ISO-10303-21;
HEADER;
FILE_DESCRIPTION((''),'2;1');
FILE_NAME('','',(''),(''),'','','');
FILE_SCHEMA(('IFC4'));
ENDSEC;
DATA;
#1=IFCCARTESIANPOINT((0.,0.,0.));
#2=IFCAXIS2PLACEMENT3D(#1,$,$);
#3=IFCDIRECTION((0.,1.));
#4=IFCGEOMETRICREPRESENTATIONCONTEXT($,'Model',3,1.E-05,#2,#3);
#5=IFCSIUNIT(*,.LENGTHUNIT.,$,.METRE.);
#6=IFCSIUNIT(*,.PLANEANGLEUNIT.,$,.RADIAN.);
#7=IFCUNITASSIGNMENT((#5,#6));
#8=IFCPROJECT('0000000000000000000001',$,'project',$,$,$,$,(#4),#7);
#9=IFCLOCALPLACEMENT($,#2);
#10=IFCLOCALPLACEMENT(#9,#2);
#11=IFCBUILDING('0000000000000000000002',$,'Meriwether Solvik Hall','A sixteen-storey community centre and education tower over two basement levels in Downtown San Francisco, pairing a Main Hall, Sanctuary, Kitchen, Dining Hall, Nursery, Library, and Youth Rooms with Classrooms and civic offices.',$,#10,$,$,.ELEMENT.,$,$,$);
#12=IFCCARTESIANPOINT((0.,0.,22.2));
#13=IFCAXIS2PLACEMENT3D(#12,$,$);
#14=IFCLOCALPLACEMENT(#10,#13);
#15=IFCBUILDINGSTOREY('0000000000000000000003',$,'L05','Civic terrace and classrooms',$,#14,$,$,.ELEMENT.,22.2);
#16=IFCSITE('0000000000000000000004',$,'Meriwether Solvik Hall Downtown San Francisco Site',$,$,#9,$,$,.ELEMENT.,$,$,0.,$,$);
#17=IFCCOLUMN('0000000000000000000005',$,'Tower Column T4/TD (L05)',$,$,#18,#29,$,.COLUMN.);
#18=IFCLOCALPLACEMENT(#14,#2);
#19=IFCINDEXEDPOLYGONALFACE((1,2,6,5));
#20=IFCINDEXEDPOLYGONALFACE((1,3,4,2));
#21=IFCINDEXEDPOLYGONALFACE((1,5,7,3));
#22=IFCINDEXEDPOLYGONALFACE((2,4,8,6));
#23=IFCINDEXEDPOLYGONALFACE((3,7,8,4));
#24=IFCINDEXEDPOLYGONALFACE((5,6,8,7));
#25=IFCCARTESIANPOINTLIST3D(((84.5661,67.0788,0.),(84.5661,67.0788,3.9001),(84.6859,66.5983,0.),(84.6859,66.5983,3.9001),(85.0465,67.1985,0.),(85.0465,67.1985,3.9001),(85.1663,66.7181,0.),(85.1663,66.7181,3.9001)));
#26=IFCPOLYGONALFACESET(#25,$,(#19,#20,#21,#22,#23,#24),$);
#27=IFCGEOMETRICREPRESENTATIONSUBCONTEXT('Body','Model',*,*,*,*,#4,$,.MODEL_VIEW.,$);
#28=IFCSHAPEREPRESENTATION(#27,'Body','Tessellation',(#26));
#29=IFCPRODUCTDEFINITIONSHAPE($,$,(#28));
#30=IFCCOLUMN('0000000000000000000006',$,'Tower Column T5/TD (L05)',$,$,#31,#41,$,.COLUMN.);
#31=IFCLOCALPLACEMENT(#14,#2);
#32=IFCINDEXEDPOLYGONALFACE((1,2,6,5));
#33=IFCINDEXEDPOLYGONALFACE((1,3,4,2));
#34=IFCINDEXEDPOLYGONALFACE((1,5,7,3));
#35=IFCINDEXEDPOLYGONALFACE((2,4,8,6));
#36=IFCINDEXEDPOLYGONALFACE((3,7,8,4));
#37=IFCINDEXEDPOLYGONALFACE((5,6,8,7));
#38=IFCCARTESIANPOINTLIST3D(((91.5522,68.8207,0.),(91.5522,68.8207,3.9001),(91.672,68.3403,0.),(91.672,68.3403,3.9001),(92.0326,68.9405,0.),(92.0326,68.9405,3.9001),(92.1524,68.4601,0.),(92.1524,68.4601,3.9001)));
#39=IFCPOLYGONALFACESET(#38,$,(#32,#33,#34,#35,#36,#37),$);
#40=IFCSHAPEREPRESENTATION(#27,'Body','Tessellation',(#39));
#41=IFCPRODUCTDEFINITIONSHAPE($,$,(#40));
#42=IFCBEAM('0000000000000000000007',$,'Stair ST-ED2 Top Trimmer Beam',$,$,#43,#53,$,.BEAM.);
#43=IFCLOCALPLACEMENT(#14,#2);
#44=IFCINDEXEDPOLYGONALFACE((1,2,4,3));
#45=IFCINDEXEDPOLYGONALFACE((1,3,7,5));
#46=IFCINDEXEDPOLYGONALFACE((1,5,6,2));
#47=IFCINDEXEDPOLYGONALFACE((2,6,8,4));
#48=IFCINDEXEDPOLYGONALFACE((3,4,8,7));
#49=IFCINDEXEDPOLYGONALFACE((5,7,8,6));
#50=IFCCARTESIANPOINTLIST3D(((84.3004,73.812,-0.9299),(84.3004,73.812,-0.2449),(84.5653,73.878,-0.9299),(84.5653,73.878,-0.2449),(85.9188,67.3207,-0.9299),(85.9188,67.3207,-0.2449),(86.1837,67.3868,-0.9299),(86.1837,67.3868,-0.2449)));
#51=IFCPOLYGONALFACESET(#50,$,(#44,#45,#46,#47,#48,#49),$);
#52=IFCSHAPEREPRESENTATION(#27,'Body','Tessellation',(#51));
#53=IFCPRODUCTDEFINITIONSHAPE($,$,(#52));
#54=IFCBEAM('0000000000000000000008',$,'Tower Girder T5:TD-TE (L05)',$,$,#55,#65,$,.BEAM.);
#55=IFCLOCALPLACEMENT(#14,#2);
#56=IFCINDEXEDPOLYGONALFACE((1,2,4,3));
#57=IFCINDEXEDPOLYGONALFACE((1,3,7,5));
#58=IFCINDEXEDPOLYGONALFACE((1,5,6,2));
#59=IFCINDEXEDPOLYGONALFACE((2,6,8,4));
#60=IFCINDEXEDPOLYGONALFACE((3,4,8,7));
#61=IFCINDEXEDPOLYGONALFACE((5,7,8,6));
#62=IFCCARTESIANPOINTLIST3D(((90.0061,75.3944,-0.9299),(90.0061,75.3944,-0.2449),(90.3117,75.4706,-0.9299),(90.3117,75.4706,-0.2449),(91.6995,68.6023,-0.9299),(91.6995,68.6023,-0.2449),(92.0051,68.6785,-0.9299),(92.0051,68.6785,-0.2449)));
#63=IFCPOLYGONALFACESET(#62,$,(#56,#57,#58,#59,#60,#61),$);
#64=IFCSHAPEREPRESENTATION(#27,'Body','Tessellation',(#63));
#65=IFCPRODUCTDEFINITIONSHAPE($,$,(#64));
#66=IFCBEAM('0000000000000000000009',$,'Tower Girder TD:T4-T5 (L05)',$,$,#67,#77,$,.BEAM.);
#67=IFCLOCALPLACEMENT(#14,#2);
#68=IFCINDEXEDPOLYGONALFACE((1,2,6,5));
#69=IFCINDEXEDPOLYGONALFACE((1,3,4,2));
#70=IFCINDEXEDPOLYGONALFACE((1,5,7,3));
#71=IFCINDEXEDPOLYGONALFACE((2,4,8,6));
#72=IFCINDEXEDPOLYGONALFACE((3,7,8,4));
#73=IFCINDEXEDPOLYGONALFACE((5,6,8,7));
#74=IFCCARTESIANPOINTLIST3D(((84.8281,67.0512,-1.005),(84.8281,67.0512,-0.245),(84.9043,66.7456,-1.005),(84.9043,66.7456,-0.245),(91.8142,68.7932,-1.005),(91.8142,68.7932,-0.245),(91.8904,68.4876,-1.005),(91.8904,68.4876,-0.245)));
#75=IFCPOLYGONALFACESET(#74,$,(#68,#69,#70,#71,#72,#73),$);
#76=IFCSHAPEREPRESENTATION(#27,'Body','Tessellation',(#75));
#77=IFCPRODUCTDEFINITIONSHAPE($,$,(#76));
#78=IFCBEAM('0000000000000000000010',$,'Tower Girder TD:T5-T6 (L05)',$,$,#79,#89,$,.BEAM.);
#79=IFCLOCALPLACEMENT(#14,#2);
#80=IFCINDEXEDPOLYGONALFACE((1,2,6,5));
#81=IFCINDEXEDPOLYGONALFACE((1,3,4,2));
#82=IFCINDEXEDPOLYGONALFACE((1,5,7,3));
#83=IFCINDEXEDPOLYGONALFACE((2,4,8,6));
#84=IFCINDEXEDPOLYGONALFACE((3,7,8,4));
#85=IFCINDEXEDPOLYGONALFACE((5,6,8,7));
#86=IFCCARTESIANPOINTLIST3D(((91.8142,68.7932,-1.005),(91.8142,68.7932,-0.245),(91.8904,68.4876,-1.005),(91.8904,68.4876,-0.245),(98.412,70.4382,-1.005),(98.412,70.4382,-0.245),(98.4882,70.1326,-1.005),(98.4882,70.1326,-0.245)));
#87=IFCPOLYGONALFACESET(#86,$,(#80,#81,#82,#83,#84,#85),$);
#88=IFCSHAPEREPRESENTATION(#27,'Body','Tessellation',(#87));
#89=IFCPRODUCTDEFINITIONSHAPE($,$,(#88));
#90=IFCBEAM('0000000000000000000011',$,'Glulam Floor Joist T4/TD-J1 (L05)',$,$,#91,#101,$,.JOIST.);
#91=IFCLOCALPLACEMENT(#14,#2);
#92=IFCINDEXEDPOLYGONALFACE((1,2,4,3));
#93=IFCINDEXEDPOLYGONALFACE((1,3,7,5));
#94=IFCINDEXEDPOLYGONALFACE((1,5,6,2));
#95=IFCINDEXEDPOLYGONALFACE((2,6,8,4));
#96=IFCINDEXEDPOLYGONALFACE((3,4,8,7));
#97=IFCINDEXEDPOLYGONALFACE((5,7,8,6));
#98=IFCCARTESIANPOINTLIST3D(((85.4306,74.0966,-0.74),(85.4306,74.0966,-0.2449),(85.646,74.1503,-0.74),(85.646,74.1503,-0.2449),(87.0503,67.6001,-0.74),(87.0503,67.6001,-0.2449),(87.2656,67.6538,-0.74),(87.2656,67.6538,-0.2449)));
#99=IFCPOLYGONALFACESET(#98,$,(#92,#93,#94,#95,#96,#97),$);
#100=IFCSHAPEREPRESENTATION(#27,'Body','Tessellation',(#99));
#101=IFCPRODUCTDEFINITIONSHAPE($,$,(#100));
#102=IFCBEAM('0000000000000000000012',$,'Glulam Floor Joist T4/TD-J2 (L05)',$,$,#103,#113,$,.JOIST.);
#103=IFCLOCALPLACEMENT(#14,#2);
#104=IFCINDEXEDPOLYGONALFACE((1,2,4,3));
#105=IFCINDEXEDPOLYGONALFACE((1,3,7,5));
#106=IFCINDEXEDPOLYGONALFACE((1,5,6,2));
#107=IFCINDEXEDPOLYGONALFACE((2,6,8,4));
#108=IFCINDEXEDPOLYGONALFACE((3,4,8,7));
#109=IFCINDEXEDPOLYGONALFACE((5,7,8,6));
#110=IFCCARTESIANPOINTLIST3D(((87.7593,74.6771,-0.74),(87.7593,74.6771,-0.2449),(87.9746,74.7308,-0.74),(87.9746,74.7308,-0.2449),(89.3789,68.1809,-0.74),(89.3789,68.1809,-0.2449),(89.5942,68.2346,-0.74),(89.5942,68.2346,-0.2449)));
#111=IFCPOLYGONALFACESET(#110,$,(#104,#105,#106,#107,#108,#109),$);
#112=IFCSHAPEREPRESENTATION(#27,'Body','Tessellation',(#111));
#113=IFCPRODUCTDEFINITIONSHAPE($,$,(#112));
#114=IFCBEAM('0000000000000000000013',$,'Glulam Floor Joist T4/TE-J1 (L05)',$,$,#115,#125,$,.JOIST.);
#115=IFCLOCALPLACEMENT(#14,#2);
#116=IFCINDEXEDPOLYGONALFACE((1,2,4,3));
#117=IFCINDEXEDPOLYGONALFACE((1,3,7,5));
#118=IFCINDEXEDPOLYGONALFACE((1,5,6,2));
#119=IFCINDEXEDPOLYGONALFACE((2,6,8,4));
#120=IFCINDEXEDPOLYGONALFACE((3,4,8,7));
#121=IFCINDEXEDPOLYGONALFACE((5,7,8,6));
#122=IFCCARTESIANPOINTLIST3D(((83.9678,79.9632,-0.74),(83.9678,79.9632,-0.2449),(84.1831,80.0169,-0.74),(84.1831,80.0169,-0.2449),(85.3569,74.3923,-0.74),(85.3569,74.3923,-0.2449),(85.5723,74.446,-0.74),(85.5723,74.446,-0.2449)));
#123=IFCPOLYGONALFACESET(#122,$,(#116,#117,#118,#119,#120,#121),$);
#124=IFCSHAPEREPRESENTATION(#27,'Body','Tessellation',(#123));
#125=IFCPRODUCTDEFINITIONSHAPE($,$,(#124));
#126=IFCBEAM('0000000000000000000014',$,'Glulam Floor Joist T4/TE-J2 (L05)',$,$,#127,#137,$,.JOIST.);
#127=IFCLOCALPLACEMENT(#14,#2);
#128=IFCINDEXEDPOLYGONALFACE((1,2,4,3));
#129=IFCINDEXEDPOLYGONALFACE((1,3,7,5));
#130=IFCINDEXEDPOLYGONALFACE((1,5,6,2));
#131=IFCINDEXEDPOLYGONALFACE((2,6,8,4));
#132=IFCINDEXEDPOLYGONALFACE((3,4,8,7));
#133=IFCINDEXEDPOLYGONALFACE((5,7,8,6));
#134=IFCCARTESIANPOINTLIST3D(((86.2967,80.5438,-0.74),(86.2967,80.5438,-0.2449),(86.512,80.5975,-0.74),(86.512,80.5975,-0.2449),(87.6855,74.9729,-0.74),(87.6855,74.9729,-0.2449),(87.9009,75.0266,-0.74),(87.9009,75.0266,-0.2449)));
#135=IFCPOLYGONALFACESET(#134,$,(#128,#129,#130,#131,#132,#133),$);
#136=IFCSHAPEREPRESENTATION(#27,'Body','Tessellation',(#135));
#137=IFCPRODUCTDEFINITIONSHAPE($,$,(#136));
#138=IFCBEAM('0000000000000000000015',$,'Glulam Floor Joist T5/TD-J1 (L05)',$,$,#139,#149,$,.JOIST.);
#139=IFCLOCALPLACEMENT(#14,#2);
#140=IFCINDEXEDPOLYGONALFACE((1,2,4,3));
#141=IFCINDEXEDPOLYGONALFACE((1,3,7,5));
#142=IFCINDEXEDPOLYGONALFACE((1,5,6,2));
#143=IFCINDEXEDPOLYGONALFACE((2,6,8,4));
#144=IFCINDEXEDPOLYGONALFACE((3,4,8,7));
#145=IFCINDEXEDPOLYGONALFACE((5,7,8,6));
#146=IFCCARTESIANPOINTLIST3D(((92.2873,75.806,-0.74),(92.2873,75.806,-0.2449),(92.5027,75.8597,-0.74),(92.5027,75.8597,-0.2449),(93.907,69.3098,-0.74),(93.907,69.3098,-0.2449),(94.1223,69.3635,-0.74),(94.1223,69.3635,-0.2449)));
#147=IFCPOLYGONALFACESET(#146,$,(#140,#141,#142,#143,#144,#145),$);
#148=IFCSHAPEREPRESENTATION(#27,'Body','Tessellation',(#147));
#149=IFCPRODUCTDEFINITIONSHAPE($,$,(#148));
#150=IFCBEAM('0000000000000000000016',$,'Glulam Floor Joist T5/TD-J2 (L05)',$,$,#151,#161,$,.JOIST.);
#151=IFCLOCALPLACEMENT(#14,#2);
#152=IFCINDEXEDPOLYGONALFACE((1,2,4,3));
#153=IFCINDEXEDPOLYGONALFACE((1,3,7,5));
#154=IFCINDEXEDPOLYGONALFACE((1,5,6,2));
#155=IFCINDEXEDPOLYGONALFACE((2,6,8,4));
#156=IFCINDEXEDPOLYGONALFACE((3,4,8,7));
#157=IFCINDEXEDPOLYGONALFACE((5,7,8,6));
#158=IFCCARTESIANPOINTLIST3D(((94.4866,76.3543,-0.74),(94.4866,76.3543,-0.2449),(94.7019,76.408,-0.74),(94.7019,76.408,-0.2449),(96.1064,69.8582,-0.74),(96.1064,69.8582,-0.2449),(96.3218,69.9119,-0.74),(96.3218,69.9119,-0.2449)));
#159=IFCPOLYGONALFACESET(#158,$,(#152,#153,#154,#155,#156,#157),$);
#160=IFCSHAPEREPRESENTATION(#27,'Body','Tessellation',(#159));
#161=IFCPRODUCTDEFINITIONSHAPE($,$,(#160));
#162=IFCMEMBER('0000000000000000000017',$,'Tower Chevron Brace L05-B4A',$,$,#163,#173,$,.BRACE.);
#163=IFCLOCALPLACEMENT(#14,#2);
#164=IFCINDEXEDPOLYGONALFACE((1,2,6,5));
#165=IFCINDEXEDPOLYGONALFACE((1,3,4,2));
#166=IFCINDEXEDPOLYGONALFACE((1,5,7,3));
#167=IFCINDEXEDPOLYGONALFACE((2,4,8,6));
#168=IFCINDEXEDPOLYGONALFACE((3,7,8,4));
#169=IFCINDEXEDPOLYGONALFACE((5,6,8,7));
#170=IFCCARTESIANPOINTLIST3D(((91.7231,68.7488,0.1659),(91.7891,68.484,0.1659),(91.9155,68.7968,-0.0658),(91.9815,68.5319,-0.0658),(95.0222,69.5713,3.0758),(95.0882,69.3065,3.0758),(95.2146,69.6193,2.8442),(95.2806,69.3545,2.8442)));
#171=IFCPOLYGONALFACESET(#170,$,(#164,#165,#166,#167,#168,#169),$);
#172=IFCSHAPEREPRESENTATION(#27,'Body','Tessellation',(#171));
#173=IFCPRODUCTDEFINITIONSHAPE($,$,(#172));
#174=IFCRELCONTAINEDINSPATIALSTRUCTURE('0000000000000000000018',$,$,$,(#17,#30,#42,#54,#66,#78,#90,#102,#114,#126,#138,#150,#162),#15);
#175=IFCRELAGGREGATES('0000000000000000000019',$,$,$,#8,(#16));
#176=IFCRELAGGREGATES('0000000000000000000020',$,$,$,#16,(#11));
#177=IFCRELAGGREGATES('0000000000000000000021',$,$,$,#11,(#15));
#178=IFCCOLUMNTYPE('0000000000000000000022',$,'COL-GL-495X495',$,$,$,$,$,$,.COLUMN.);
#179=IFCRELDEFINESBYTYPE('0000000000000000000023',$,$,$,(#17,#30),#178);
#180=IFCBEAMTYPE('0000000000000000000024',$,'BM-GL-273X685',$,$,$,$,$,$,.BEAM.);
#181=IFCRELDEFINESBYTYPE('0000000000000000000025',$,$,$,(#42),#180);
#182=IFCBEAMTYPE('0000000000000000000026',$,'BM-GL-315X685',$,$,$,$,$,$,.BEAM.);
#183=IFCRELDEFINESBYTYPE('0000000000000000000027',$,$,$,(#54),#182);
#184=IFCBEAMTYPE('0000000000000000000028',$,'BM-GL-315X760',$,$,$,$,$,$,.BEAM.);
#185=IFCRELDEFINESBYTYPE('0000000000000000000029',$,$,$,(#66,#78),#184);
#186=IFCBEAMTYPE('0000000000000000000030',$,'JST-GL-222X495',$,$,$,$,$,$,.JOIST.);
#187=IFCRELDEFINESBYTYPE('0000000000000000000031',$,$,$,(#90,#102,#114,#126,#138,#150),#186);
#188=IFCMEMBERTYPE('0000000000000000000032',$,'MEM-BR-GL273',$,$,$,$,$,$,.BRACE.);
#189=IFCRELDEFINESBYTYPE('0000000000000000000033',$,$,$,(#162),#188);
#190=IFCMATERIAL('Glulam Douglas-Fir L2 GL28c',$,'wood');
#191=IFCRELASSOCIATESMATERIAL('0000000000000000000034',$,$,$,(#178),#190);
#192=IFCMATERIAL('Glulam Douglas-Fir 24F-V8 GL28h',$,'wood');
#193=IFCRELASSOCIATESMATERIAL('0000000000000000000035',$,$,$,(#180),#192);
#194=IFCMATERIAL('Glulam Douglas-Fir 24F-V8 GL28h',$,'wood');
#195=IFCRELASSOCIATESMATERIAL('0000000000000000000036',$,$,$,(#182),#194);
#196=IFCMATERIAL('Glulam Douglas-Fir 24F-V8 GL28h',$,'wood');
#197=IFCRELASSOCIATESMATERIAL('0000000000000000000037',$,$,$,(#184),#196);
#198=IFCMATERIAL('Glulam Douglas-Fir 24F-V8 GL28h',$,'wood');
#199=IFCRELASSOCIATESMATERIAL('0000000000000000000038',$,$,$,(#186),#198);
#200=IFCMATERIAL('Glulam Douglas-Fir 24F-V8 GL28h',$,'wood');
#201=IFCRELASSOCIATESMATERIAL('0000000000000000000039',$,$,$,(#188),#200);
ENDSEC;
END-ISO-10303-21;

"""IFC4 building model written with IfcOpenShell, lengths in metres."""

from ifc_helpers import new_model, si_unit, direction, frame, origin, origin_2d, place, context, subcontext, project, spatial, rectangle, extrude, material, material_profile, profile_set, type_object, element, save


model = new_model("IFC4")

# Units and contexts
model_context = context("Model", 3, precision=1e-05, world=origin(), true_north=direction((0.0, 1.0)))
body_context = subcontext(model_context, "Body", "Model", "MODEL_VIEW")
ifc_project = project(units=[si_unit("LENGTHUNIT", "METRE"), si_unit("PLANEANGLEUNIT", "RADIAN")], contexts=[model_context])

# Site, building, storey
site_placement = place(None, origin())
site = spatial("IfcSite", under=ifc_project, at=site_placement, Name="Meriwether Solvik Hall Downtown San Francisco Site", CompositionType="ELEMENT", RefElevation=0.0)
building_placement = place(site_placement, origin())
building = spatial("IfcBuilding", under=site, at=building_placement, Name="Meriwether Solvik Hall", Description="A sixteen-storey community centre and education tower over two basement levels in Downtown San Francisco, pairing a Main Hall, Sanctuary, Kitchen, Dining Hall, Nursery, Library, and Youth Rooms with Classrooms and civic offices.", CompositionType="ELEMENT")
storey_placement = place(building_placement, frame((0.0, 0.0, 22.2)))
storey = spatial("IfcBuildingStorey", under=building, at=storey_placement, Name="L05", Description="Civic terrace and classrooms", CompositionType="ELEMENT", Elevation=22.2)

# Columns
ifc_material_1 = material(Name="Glulam Douglas-Fir L2 GL28c", Category="wood")
ifc_material_profile_1 = material_profile(ifc_material_1, rectangle(XDim=0.4951, YDim=0.4951, at=origin_2d()), Name="GLC-495X495")
ifc_profile_set_1 = profile_set([ifc_material_profile_1], Name="Glulam Douglas-Fir L2 GL28c")
column_type = type_object("IfcColumnType", Name="COL-GL-495X495", PredefinedType="COLUMN", material=ifc_profile_set_1)
for number, where, z_axis, x_axis, name in (
    (1, (84.8662, 66.8984, 0.0), (0.0, 0.0, 1.0), (0.970296, 0.241922, 0.0), "Tower Column T4/TD (L05)"),
    (2, (91.8523, 68.6404, 0.0), (0.0, 0.0, 1.0), (0.970296, 0.241922, 0.0), "Tower Column T5/TD (L05)"),
):
    element("IfcColumn", number, at=place(storey_placement, frame(where, z_axis=z_axis, x_axis=x_axis)), inside=storey, type_object=column_type, Name=name, PredefinedType="COLUMN", context=body_context, shape_type="SweptSolid", body=[
        extrude(rectangle(XDim=0.4951, YDim=0.4951, at=origin_2d()), origin(), (0.0, 0.0, 1.0), 3.9001),
    ])

# Beams
ifc_material_2 = material(Name="Glulam Douglas-Fir 24F-V8 GL28h", Category="wood")
ifc_material_profile_2 = material_profile(ifc_material_2, rectangle(XDim=0.2729, YDim=0.6851, at=origin_2d()), Name="GLB-273X685")
ifc_profile_set_2 = profile_set([ifc_material_profile_2], Name="Glulam Douglas-Fir 24F-V8 GL28h")
beam_type_1 = type_object("IfcBeamType", Name="BM-GL-273X685", PredefinedType="BEAM", material=ifc_profile_set_2)
beam_1_placement = place(storey_placement, frame((86.0513, 67.3538, -0.5874), z_axis=(-0.241917, 0.970297, 0.0), x_axis=(-0.970297, -0.241917, 0.0)))
element("IfcBeam", 3, at=beam_1_placement, inside=storey, type_object=beam_type_1, Name="Stair ST-ED2 Top Trimmer Beam", PredefinedType="BEAM", context=body_context, shape_type="SweptSolid", body=[
    extrude(rectangle(XDim=0.2729, YDim=0.6851, at=origin_2d()), origin(), (0.0, 0.0, 1.0), 6.6899),
])
ifc_material_3 = material(Name="Glulam Douglas-Fir 24F-V8 GL28h", Category="wood")
ifc_material_profile_3 = material_profile(ifc_material_3, rectangle(XDim=0.3149, YDim=0.6851, at=origin_2d()), Name="GLB-315X685")
ifc_profile_set_3 = profile_set([ifc_material_profile_3], Name="Glulam Douglas-Fir 24F-V8 GL28h")
beam_type_2 = type_object("IfcBeamType", Name="BM-GL-315X685", PredefinedType="BEAM", material=ifc_profile_set_3)
beam_2_placement = place(storey_placement, frame((91.8523, 68.6404, -0.5874), z_axis=(-0.241912, 0.970298, 0.0), x_axis=(-0.970298, -0.241912, 0.0)))
element("IfcBeam", 4, at=beam_2_placement, inside=storey, type_object=beam_type_2, Name="Tower Girder T5:TD-TE (L05)", PredefinedType="BEAM", context=body_context, shape_type="SweptSolid", body=[
    extrude(rectangle(XDim=0.3149, YDim=0.6851, at=origin_2d()), origin(), (0.0, 0.0, 1.0), 7.0),
])
ifc_material_4 = material(Name="Glulam Douglas-Fir 24F-V8 GL28h", Category="wood")
ifc_material_profile_4 = material_profile(ifc_material_4, rectangle(XDim=0.3149, YDim=0.76, at=origin_2d()), Name="GLB-315X760")
ifc_profile_set_4 = profile_set([ifc_material_profile_4], Name="Glulam Douglas-Fir 24F-V8 GL28h")
beam_type_3 = type_object("IfcBeamType", Name="BM-GL-315X760", PredefinedType="BEAM", material=ifc_profile_set_4)
beam_3_placement = place(storey_placement, frame((84.8662, 66.8984, -0.625), z_axis=(0.970292, 0.241937, 0.0), x_axis=(-0.241937, 0.970292, 0.0)))
element("IfcBeam", 5, at=beam_3_placement, inside=storey, type_object=beam_type_3, Name="Tower Girder TD:T4-T5 (L05)", PredefinedType="BEAM", context=body_context, shape_type="SweptSolid", body=[
    extrude(rectangle(XDim=0.3149, YDim=0.76, at=origin_2d()), origin(), (0.0, 0.0, 1.0), 7.2),
])
beam_4_placement = place(storey_placement, frame((91.8523, 68.6404, -0.625), z_axis=(0.970296, 0.241919, 0.0), x_axis=(-0.241919, 0.970296, 0.0)))
element("IfcBeam", 6, at=beam_4_placement, inside=storey, type_object=beam_type_3, Name="Tower Girder TD:T5-T6 (L05)", PredefinedType="BEAM", context=body_context, shape_type="SweptSolid", body=[
    extrude(rectangle(XDim=0.3149, YDim=0.76, at=origin_2d()), origin(), (0.0, 0.0, 1.0), 6.7998),
])
ifc_material_5 = material(Name="Glulam Douglas-Fir 24F-V8 GL28h", Category="wood")
ifc_material_profile_5 = material_profile(ifc_material_5, rectangle(XDim=0.2219, YDim=0.4951, at=origin_2d()), Name="GLJ-222X495")
ifc_profile_set_5 = profile_set([ifc_material_profile_5], Name="Glulam Douglas-Fir 24F-V8 GL28h")
beam_type_4 = type_object("IfcBeamType", Name="JST-GL-222X495", PredefinedType="JOIST", material=ifc_profile_set_5)
beam_5_placement = place(storey_placement, frame((87.158, 67.627, -0.4924), z_axis=(-0.241909, 0.970299, 0.0), x_axis=(-0.970299, -0.241909, 0.0)))
element("IfcBeam", 7, at=beam_5_placement, inside=storey, type_object=beam_type_4, Name="Glulam Floor Joist T4/TD-J1 (L05)", PredefinedType="JOIST", context=body_context, shape_type="SweptSolid", body=[
    extrude(rectangle(XDim=0.2219, YDim=0.4951, at=origin_2d()), origin(), (0.0, 0.0, 1.0), 6.6953),
])
beam_6_placement = place(storey_placement, frame((89.4866, 68.2078, -0.4924), z_axis=(-0.241918, 0.970297, 0.0), x_axis=(-0.970297, -0.241918, 0.0)))
element("IfcBeam", 8, at=beam_6_placement, inside=storey, type_object=beam_type_4, Name="Glulam Floor Joist T4/TD-J2 (L05)", PredefinedType="JOIST", context=body_context, shape_type="SweptSolid", body=[
    extrude(rectangle(XDim=0.2219, YDim=0.4951, at=origin_2d()), origin(), (0.0, 0.0, 1.0), 6.6951),
])
for number, where, z_axis, x_axis, name in (
    (9, (85.4646, 74.4192, -0.4924), (-0.241955, 0.970287, 0.0), (-0.970287, -0.241955, 0.0), "Glulam Floor Joist T4/TE-J1 (L05)"),
    (10, (87.7932, 74.9998, -0.4924), (-0.241905, 0.9703, 0.0), (-0.9703, -0.241905, 0.0), "Glulam Floor Joist T4/TE-J2 (L05)"),
):
    element("IfcBeam", number, at=place(storey_placement, frame(where, z_axis=z_axis, x_axis=x_axis)), inside=storey, type_object=beam_type_4, Name=name, PredefinedType="JOIST", context=body_context, shape_type="SweptSolid", body=[
        extrude(rectangle(XDim=0.2219, YDim=0.4951, at=origin_2d()), origin(), (0.0, 0.0, 1.0), 5.7415),
    ])
for number, where, z_axis, x_axis, name in (
    (11, (94.0146, 69.3367, -0.4924), (-0.241918, 0.970297, 0.0), (-0.970297, -0.241918, 0.0), "Glulam Floor Joist T5/TD-J1 (L05)"),
    (12, (96.2141, 69.885, -0.4924), (-0.241952, 0.970288, 0.0), (-0.970288, -0.241952, 0.0), "Glulam Floor Joist T5/TD-J2 (L05)"),
):
    element("IfcBeam", number, at=place(storey_placement, frame(where, z_axis=z_axis, x_axis=x_axis)), inside=storey, type_object=beam_type_4, Name=name, PredefinedType="JOIST", context=body_context, shape_type="SweptSolid", body=[
        extrude(rectangle(XDim=0.2219, YDim=0.4951, at=origin_2d()), origin(), (0.0, 0.0, 1.0), 6.6951),
    ])

# Member
ifc_material_6 = material(Name="Glulam Douglas-Fir 24F-V8 GL28h", Category="wood")
ifc_material_profile_6 = material_profile(ifc_material_6, rectangle(XDim=0.2729, YDim=0.3049, at=origin_2d()), Name="GLM-273X305")
ifc_profile_set_6 = profile_set([ifc_material_profile_6], Name="Glulam Douglas-Fir 24F-V8 GL28h")
member_type = type_object("IfcMemberType", Name="MEM-BR-GL273", PredefinedType="BRACE", material=ifc_profile_set_6)
member_placement = place(storey_placement, frame((91.8523, 68.6404, 0.05), z_axis=(0.737179, 0.18379, 0.650221), x_axis=(-0.24191, 0.970299, 0.0)))
element("IfcMember", 13, at=member_placement, inside=storey, type_object=member_type, Name="Tower Chevron Brace L05-B4A", PredefinedType="BRACE", context=body_context, shape_type="SweptSolid", body=[
    extrude(rectangle(XDim=0.2729, YDim=0.3049, at=origin_2d()), origin(), (0.0, 0.0, 1.0), 4.4753),
])

save(model, "model.ifc")
